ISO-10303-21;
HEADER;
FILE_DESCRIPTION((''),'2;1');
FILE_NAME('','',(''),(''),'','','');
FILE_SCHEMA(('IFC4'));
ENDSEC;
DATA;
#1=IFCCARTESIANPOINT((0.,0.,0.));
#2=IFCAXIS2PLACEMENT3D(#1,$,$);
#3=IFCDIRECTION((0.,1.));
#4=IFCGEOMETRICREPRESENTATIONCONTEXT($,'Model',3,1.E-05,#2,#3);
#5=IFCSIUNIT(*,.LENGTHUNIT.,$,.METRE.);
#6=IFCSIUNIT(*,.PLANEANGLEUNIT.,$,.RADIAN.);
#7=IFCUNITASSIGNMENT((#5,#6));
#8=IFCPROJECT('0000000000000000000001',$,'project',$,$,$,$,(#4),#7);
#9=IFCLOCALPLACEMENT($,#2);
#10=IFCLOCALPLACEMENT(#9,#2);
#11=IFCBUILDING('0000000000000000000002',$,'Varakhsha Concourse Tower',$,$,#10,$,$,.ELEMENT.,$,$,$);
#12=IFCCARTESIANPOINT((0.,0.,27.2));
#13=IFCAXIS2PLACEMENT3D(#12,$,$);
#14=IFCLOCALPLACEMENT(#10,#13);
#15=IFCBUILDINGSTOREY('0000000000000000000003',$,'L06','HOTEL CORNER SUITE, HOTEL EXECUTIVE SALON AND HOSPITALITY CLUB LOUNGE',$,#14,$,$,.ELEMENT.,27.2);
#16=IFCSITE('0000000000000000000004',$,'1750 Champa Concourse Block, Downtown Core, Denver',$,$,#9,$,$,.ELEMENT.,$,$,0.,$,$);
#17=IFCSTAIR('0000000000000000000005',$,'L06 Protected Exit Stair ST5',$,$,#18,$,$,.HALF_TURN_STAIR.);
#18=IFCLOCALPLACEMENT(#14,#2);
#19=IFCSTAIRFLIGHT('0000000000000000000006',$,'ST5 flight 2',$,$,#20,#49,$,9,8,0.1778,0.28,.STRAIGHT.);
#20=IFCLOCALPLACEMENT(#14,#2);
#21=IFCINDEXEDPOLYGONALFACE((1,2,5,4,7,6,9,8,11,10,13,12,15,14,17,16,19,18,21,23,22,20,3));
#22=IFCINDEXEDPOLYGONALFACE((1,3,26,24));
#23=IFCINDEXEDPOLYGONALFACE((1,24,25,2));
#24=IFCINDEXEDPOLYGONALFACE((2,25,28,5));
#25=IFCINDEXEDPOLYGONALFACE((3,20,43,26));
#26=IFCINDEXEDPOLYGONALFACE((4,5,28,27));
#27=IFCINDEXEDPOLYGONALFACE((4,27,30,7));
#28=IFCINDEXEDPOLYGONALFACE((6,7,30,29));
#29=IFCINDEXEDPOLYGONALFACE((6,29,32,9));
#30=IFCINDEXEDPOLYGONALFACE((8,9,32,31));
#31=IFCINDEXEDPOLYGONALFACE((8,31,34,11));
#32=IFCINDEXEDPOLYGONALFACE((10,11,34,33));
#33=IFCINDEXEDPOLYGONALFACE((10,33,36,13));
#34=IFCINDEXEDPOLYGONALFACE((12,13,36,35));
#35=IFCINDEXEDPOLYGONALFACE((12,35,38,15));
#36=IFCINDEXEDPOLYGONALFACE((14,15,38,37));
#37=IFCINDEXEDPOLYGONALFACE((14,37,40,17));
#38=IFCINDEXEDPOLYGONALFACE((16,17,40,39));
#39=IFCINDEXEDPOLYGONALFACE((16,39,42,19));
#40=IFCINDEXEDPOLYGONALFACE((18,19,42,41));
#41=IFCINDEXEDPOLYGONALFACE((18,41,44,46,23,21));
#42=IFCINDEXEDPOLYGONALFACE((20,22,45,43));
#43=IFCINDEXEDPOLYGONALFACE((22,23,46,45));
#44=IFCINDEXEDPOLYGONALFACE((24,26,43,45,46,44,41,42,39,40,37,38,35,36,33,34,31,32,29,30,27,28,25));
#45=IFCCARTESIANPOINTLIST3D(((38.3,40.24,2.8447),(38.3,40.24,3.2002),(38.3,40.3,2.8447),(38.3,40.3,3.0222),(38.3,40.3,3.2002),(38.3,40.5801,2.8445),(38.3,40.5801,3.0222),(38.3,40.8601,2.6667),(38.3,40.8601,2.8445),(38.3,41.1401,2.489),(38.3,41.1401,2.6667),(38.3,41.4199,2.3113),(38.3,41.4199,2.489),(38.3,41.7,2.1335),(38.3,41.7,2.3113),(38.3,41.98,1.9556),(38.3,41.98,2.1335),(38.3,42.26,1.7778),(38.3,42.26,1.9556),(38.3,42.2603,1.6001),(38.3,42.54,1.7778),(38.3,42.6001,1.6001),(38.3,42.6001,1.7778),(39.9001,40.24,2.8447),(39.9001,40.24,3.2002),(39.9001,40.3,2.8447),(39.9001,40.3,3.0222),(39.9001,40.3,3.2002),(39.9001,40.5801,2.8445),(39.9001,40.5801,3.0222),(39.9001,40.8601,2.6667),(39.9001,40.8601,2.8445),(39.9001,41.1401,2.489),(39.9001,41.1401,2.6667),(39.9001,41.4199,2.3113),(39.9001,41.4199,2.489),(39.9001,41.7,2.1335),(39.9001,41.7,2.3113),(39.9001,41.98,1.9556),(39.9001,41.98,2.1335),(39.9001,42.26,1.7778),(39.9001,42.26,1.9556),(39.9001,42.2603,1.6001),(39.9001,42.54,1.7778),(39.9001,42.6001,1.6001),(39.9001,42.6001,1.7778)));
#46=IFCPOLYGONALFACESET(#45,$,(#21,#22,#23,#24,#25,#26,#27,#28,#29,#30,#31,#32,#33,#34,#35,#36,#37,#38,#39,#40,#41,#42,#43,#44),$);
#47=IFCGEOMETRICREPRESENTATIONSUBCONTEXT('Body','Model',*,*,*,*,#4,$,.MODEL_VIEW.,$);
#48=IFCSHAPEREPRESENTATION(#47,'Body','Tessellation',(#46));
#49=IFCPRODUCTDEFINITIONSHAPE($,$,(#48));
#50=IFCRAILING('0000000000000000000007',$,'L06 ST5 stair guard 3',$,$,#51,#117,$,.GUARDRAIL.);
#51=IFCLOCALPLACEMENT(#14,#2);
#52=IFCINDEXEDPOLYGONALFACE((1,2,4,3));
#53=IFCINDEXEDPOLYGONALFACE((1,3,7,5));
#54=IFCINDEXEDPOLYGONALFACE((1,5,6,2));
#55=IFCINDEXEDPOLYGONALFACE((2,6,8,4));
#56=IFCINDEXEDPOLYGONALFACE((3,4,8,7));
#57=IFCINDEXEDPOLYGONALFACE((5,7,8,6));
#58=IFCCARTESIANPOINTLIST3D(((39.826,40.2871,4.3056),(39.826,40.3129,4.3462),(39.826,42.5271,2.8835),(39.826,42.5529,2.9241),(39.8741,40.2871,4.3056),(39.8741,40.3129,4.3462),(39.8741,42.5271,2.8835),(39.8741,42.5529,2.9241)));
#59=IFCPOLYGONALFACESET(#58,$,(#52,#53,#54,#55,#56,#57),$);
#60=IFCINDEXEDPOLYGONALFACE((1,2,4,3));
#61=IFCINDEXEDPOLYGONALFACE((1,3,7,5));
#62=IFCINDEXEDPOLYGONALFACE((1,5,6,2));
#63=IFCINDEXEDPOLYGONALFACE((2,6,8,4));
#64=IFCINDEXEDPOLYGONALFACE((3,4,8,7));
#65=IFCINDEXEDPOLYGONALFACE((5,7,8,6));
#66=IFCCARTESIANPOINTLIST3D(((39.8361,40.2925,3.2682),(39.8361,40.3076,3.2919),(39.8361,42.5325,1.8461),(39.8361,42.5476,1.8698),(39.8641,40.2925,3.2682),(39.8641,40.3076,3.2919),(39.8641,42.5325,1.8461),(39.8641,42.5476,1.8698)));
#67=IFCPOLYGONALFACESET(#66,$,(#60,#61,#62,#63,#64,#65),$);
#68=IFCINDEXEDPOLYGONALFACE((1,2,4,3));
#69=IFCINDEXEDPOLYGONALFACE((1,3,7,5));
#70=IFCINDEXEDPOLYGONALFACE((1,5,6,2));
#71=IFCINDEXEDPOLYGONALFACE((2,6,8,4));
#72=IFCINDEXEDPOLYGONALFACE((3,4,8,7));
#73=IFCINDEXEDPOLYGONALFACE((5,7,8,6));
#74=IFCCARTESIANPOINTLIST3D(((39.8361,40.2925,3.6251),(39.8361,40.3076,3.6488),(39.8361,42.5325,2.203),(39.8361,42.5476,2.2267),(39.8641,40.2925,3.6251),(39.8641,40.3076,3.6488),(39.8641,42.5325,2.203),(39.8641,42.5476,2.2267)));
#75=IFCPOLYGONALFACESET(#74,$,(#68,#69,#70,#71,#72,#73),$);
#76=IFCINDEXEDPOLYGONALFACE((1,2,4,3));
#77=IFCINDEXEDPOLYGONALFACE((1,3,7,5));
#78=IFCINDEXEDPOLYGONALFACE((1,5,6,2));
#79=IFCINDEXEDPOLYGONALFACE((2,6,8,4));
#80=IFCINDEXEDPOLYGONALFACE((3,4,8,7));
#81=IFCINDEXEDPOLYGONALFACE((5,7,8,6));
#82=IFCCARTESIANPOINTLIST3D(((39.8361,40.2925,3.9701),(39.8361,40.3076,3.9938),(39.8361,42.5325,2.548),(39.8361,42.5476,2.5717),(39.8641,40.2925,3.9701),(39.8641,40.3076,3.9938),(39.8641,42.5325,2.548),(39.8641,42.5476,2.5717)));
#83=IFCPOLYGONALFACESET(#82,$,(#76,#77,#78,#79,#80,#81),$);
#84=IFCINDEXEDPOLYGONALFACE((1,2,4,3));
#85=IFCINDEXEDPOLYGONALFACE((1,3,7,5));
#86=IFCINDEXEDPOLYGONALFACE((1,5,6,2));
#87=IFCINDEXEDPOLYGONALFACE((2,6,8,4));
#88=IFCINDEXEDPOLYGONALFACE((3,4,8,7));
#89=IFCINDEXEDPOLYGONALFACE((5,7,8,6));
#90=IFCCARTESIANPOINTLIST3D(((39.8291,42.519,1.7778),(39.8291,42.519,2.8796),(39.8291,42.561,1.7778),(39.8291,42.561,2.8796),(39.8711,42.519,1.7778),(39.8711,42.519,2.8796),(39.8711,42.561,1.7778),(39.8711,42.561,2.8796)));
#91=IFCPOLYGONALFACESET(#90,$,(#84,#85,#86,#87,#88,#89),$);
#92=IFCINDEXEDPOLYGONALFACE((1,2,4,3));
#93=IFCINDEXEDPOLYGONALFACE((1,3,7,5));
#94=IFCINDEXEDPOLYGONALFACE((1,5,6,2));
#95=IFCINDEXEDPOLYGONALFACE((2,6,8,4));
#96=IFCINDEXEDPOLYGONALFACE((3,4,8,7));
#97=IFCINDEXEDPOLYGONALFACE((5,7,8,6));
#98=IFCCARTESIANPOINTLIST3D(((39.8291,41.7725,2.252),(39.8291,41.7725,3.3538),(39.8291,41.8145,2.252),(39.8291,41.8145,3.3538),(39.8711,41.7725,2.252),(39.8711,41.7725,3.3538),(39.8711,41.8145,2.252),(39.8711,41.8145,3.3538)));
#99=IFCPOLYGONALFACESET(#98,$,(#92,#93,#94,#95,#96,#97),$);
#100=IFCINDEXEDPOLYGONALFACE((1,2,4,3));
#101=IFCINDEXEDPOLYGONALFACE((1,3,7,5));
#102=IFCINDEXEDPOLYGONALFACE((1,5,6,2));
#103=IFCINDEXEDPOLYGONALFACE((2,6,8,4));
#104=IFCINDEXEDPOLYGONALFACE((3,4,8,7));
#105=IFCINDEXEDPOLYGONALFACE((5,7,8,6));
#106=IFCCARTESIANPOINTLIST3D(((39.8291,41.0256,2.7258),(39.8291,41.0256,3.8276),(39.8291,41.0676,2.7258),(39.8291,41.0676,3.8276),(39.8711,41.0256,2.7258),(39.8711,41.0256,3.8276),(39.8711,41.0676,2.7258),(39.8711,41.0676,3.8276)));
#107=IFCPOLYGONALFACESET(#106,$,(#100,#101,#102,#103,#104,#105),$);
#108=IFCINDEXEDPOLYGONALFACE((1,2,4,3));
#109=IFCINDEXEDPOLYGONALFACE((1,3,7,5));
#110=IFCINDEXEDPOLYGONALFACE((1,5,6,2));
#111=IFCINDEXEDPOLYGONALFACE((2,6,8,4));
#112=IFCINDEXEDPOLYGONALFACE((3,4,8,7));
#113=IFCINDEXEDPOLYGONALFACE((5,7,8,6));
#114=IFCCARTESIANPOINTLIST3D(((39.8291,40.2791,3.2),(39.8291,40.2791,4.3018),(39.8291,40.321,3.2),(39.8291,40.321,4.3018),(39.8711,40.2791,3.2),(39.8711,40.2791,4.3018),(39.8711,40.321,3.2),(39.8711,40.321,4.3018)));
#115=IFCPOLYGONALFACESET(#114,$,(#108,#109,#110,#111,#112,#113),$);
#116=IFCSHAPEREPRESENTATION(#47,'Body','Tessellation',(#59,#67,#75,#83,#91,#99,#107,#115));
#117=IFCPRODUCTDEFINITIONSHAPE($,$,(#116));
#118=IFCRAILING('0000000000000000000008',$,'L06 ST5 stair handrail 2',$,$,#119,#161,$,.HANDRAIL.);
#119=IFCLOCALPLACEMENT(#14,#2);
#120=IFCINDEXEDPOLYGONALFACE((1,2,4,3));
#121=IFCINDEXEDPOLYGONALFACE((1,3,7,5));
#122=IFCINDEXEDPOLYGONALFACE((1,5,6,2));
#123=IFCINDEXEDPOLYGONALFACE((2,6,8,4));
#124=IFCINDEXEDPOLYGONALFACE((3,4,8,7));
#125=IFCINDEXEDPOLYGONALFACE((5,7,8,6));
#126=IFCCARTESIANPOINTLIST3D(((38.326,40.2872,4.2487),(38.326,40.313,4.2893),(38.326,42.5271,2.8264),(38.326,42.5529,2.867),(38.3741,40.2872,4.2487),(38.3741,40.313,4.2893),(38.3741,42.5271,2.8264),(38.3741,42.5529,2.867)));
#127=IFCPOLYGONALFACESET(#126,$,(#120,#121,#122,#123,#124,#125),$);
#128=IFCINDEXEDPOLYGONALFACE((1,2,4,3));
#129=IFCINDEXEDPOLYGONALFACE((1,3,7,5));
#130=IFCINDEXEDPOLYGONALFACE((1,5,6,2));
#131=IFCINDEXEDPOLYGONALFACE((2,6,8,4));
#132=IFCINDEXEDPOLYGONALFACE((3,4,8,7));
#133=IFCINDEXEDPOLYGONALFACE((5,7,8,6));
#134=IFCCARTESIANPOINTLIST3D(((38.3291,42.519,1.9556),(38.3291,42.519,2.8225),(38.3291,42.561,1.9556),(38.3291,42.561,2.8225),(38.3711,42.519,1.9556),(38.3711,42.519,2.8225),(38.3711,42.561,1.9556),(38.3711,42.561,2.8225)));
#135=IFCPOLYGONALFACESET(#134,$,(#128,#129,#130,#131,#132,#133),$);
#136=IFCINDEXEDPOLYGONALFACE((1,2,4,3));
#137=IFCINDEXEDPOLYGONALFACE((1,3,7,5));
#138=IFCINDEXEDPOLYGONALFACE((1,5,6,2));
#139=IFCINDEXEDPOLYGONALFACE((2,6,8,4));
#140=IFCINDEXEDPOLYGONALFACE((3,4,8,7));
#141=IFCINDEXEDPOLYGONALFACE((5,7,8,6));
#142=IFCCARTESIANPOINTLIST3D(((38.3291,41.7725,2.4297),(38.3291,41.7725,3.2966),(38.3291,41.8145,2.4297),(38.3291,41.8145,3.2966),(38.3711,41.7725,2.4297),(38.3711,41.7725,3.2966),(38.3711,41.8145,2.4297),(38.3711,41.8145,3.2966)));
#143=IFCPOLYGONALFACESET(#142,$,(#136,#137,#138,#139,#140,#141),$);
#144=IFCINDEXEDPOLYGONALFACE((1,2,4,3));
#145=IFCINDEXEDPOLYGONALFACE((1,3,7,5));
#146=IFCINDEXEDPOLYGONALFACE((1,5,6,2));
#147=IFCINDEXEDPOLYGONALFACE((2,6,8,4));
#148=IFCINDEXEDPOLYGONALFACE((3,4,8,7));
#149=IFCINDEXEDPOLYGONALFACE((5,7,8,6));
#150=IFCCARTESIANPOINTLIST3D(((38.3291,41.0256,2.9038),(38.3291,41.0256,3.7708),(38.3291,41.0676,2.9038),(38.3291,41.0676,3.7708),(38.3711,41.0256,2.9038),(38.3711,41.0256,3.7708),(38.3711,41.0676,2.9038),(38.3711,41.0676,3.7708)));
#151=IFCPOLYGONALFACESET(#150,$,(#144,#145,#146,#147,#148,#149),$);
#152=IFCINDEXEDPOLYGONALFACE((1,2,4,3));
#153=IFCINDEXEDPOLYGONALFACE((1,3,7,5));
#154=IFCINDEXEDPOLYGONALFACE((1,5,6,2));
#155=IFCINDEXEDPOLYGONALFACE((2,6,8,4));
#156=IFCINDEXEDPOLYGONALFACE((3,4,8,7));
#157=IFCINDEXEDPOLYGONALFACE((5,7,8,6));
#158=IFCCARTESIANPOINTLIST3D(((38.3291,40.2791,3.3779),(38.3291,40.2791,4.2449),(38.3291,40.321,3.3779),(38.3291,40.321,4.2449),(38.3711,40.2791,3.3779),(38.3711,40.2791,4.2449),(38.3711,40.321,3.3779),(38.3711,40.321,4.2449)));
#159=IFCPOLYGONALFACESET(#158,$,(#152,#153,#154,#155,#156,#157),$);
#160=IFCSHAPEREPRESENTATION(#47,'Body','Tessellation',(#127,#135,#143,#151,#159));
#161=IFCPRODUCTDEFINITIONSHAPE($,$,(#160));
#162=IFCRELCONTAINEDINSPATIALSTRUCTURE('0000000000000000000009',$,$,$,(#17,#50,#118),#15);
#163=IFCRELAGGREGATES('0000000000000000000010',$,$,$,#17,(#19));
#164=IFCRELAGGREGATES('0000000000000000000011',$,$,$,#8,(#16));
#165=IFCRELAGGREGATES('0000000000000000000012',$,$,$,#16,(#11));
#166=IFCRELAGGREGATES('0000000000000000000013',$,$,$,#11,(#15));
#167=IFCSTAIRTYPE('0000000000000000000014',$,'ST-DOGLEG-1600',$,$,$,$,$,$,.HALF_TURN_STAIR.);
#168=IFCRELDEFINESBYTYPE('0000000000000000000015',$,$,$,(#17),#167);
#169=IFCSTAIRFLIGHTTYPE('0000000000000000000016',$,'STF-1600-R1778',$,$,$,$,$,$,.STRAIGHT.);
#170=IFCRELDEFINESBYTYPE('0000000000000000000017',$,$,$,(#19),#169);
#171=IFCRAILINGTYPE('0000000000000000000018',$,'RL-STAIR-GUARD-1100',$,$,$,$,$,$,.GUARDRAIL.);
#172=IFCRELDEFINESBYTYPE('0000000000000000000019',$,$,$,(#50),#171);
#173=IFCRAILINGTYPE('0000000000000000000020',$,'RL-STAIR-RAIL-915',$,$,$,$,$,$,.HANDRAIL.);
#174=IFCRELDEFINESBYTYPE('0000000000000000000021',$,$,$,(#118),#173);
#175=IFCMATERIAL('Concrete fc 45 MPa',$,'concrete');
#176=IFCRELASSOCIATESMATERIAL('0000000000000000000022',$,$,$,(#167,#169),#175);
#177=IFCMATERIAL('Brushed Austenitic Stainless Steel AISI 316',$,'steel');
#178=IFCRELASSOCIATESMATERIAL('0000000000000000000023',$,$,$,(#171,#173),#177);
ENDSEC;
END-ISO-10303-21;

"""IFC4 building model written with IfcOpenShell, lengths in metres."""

from ifc_helpers import new_model, si_unit, direction, frame, origin, origin_2d, place, context, subcontext, project, spatial, polyline, rectangle, outline, extrude, material, type_object, element, aggregate, save


model = new_model("IFC4")

# Units and contexts
model_context = context("Model", 3, precision=1e-05, world=origin(), true_north=direction((0.0, 1.0)))
body_context = subcontext(model_context, "Body", "Model", "MODEL_VIEW")
ifc_project = project(units=[si_unit("LENGTHUNIT", "METRE"), si_unit("PLANEANGLEUNIT", "RADIAN")], contexts=[model_context])

# Site, building, storey
site_placement = place(None, origin())
site = spatial("IfcSite", under=ifc_project, at=site_placement, Name="1750 Champa Concourse Block, Downtown Core, Denver", CompositionType="ELEMENT", RefElevation=0.0)
building_placement = place(site_placement, origin())
building = spatial("IfcBuilding", under=site, at=building_placement, Name="Varakhsha Concourse Tower", CompositionType="ELEMENT")
storey_placement = place(building_placement, frame((0.0, 0.0, 27.2)))
storey = spatial("IfcBuildingStorey", under=building, at=storey_placement, Name="L06", Description="HOTEL CORNER SUITE, HOTEL EXECUTIVE SALON AND HOSPITALITY CLUB LOUNGE", CompositionType="ELEMENT", Elevation=27.2)

# Shared definitions
ifc_material_1 = material(Name="Concrete fc 45 MPa", Category="concrete")

# Stair, stair flight
stair_type = type_object("IfcStairType", Name="ST-DOGLEG-1600", PredefinedType="HALF_TURN_STAIR", material=ifc_material_1)
stair_placement = place(storey_placement, origin())
stair = element("IfcStair", 1, at=stair_placement, inside=storey, type_object=stair_type, Name="L06 Protected Exit Stair ST5", PredefinedType="HALF_TURN_STAIR")
stair_flight_type = type_object("IfcStairFlightType", Name="STF-1600-R1778", PredefinedType="STRAIGHT", material=ifc_material_1)
stair_flight_placement = place(storey_placement, frame((39.1001, 42.54, 1.6001), z_axis=(0.0, 0.0, 1.0), x_axis=(0.0, -1.0, 0.0)))
stair_flight = element("IfcStairFlight", 2, at=stair_flight_placement, type_object=stair_flight_type, Name="ST5 flight 2", NumberOfRisers=9, NumberOfTreads=8, PredefinedType="STRAIGHT", RiserHeight=0.1778, TreadLength=0.28, context=body_context, shape_type="SweptSolid", body=[
    extrude(outline(polyline([(-0.0601, 0.0), (-0.0601, 0.1777), (0.0, 0.1777), (0.28, 0.1777), (0.28, 0.3555), (0.5601, 0.3555), (0.5601, 0.5334), (0.8401, 0.5334), (0.8401, 0.7112), (1.1201, 0.7112), (1.1201, 0.8889), (1.3999, 0.8889), (1.3999, 1.0667), (1.6799, 1.0667), (1.6799, 1.2444), (1.96, 1.2444), (1.96, 1.4221), (2.24, 1.4221), (2.24, 1.6001), (2.3, 1.6001), (2.3, 1.2446), (2.24, 1.2446), (0.2798, 0.0), (-0.0601, 0.0)])), frame((0.0, 0.8, 0.0), z_axis=(0.0, -1.0, 0.0), x_axis=(1.0, 0.0, 0.0)), (0.0, 0.0, 1.0), 1.6001),
])
aggregate(stair, [stair_flight])

# Railings
ifc_material_2 = material(Name="Brushed Austenitic Stainless Steel AISI 316", Category="steel")
railing_type_1 = type_object("IfcRailingType", Name="RL-STAIR-GUARD-1100", PredefinedType="GUARDRAIL", material=ifc_material_2)
railing_1_placement = place(storey_placement, frame((39.8501, 42.54, 1.7778)))
element("IfcRailing", 3, at=railing_1_placement, inside=storey, type_object=railing_type_1, Name="L06 ST5 stair guard 3", PredefinedType="GUARDRAIL", context=body_context, shape_type="SweptSolid", body=[
    extrude(rectangle(XDim=0.0481, YDim=0.0481, at=origin_2d()), frame((0.0, 0.0, 1.126), z_axis=(0.0, -0.844229, 0.535982), x_axis=(1.0, 0.0, 0.0)), (0.0, 0.0, 1.0), 2.6533),
    extrude(rectangle(XDim=0.0281, YDim=0.0281, at=origin_2d()), frame((0.0, 0.0, 0.0801), z_axis=(0.0, -0.844229, 0.535982), x_axis=(1.0, 0.0, 0.0)), (0.0, 0.0, 1.0), 2.6533),
    extrude(rectangle(XDim=0.0281, YDim=0.0281, at=origin_2d()), frame((0.0, 0.0, 0.437), z_axis=(0.0, -0.844229, 0.535982), x_axis=(1.0, 0.0, 0.0)), (0.0, 0.0, 1.0), 2.6533),
    extrude(rectangle(XDim=0.0281, YDim=0.0281, at=origin_2d()), frame((0.0, 0.0, 0.782), z_axis=(0.0, -0.844229, 0.535982), x_axis=(1.0, 0.0, 0.0)), (0.0, 0.0, 1.0), 2.6533),
    extrude(rectangle(XDim=0.042, YDim=0.042, at=origin_2d()), origin(), (0.0, 0.0, 1.0), 1.1018),
    extrude(rectangle(XDim=0.042, YDim=0.042, at=origin_2d()), frame((0.0, -0.7466, 0.4741)), (0.0, 0.0, 1.0), 1.1018),
    extrude(rectangle(XDim=0.042, YDim=0.042, at=origin_2d()), frame((0.0, -1.4934, 0.948)), (0.0, 0.0, 1.0), 1.1018),
    extrude(rectangle(XDim=0.042, YDim=0.042, at=origin_2d()), frame((0.0, -2.24, 1.4221)), (0.0, 0.0, 1.0), 1.1018),
])
railing_type_2 = type_object("IfcRailingType", Name="RL-STAIR-RAIL-915", PredefinedType="HANDRAIL", material=ifc_material_2)
railing_2_placement = place(storey_placement, frame((38.3501, 42.54, 1.9556)))
element("IfcRailing", 4, at=railing_2_placement, inside=storey, type_object=railing_type_2, Name="L06 ST5 stair handrail 2", PredefinedType="HANDRAIL", context=body_context, shape_type="SweptSolid", body=[
    extrude(rectangle(XDim=0.0481, YDim=0.0481, at=origin_2d()), frame((0.0, 0.0, 0.8911), z_axis=(0.0, -0.844188, 0.536048), x_axis=(1.0, 0.0, 0.0)), (0.0, 0.0, 1.0), 2.6533),
    extrude(rectangle(XDim=0.042, YDim=0.042, at=origin_2d()), origin(), (0.0, 0.0, 1.0), 0.8669),
    extrude(rectangle(XDim=0.042, YDim=0.042, at=origin_2d()), frame((0.0, -0.7466, 0.4741)), (0.0, 0.0, 1.0), 0.8669),
    extrude(rectangle(XDim=0.042, YDim=0.042, at=origin_2d()), frame((0.0, -1.4934, 0.9482)), (0.0, 0.0, 1.0), 0.8669),
    extrude(rectangle(XDim=0.042, YDim=0.042, at=origin_2d()), frame((0.0, -2.24, 1.4224)), (0.0, 0.0, 1.0), 0.8669),
])

save(model, "model.ifc")
